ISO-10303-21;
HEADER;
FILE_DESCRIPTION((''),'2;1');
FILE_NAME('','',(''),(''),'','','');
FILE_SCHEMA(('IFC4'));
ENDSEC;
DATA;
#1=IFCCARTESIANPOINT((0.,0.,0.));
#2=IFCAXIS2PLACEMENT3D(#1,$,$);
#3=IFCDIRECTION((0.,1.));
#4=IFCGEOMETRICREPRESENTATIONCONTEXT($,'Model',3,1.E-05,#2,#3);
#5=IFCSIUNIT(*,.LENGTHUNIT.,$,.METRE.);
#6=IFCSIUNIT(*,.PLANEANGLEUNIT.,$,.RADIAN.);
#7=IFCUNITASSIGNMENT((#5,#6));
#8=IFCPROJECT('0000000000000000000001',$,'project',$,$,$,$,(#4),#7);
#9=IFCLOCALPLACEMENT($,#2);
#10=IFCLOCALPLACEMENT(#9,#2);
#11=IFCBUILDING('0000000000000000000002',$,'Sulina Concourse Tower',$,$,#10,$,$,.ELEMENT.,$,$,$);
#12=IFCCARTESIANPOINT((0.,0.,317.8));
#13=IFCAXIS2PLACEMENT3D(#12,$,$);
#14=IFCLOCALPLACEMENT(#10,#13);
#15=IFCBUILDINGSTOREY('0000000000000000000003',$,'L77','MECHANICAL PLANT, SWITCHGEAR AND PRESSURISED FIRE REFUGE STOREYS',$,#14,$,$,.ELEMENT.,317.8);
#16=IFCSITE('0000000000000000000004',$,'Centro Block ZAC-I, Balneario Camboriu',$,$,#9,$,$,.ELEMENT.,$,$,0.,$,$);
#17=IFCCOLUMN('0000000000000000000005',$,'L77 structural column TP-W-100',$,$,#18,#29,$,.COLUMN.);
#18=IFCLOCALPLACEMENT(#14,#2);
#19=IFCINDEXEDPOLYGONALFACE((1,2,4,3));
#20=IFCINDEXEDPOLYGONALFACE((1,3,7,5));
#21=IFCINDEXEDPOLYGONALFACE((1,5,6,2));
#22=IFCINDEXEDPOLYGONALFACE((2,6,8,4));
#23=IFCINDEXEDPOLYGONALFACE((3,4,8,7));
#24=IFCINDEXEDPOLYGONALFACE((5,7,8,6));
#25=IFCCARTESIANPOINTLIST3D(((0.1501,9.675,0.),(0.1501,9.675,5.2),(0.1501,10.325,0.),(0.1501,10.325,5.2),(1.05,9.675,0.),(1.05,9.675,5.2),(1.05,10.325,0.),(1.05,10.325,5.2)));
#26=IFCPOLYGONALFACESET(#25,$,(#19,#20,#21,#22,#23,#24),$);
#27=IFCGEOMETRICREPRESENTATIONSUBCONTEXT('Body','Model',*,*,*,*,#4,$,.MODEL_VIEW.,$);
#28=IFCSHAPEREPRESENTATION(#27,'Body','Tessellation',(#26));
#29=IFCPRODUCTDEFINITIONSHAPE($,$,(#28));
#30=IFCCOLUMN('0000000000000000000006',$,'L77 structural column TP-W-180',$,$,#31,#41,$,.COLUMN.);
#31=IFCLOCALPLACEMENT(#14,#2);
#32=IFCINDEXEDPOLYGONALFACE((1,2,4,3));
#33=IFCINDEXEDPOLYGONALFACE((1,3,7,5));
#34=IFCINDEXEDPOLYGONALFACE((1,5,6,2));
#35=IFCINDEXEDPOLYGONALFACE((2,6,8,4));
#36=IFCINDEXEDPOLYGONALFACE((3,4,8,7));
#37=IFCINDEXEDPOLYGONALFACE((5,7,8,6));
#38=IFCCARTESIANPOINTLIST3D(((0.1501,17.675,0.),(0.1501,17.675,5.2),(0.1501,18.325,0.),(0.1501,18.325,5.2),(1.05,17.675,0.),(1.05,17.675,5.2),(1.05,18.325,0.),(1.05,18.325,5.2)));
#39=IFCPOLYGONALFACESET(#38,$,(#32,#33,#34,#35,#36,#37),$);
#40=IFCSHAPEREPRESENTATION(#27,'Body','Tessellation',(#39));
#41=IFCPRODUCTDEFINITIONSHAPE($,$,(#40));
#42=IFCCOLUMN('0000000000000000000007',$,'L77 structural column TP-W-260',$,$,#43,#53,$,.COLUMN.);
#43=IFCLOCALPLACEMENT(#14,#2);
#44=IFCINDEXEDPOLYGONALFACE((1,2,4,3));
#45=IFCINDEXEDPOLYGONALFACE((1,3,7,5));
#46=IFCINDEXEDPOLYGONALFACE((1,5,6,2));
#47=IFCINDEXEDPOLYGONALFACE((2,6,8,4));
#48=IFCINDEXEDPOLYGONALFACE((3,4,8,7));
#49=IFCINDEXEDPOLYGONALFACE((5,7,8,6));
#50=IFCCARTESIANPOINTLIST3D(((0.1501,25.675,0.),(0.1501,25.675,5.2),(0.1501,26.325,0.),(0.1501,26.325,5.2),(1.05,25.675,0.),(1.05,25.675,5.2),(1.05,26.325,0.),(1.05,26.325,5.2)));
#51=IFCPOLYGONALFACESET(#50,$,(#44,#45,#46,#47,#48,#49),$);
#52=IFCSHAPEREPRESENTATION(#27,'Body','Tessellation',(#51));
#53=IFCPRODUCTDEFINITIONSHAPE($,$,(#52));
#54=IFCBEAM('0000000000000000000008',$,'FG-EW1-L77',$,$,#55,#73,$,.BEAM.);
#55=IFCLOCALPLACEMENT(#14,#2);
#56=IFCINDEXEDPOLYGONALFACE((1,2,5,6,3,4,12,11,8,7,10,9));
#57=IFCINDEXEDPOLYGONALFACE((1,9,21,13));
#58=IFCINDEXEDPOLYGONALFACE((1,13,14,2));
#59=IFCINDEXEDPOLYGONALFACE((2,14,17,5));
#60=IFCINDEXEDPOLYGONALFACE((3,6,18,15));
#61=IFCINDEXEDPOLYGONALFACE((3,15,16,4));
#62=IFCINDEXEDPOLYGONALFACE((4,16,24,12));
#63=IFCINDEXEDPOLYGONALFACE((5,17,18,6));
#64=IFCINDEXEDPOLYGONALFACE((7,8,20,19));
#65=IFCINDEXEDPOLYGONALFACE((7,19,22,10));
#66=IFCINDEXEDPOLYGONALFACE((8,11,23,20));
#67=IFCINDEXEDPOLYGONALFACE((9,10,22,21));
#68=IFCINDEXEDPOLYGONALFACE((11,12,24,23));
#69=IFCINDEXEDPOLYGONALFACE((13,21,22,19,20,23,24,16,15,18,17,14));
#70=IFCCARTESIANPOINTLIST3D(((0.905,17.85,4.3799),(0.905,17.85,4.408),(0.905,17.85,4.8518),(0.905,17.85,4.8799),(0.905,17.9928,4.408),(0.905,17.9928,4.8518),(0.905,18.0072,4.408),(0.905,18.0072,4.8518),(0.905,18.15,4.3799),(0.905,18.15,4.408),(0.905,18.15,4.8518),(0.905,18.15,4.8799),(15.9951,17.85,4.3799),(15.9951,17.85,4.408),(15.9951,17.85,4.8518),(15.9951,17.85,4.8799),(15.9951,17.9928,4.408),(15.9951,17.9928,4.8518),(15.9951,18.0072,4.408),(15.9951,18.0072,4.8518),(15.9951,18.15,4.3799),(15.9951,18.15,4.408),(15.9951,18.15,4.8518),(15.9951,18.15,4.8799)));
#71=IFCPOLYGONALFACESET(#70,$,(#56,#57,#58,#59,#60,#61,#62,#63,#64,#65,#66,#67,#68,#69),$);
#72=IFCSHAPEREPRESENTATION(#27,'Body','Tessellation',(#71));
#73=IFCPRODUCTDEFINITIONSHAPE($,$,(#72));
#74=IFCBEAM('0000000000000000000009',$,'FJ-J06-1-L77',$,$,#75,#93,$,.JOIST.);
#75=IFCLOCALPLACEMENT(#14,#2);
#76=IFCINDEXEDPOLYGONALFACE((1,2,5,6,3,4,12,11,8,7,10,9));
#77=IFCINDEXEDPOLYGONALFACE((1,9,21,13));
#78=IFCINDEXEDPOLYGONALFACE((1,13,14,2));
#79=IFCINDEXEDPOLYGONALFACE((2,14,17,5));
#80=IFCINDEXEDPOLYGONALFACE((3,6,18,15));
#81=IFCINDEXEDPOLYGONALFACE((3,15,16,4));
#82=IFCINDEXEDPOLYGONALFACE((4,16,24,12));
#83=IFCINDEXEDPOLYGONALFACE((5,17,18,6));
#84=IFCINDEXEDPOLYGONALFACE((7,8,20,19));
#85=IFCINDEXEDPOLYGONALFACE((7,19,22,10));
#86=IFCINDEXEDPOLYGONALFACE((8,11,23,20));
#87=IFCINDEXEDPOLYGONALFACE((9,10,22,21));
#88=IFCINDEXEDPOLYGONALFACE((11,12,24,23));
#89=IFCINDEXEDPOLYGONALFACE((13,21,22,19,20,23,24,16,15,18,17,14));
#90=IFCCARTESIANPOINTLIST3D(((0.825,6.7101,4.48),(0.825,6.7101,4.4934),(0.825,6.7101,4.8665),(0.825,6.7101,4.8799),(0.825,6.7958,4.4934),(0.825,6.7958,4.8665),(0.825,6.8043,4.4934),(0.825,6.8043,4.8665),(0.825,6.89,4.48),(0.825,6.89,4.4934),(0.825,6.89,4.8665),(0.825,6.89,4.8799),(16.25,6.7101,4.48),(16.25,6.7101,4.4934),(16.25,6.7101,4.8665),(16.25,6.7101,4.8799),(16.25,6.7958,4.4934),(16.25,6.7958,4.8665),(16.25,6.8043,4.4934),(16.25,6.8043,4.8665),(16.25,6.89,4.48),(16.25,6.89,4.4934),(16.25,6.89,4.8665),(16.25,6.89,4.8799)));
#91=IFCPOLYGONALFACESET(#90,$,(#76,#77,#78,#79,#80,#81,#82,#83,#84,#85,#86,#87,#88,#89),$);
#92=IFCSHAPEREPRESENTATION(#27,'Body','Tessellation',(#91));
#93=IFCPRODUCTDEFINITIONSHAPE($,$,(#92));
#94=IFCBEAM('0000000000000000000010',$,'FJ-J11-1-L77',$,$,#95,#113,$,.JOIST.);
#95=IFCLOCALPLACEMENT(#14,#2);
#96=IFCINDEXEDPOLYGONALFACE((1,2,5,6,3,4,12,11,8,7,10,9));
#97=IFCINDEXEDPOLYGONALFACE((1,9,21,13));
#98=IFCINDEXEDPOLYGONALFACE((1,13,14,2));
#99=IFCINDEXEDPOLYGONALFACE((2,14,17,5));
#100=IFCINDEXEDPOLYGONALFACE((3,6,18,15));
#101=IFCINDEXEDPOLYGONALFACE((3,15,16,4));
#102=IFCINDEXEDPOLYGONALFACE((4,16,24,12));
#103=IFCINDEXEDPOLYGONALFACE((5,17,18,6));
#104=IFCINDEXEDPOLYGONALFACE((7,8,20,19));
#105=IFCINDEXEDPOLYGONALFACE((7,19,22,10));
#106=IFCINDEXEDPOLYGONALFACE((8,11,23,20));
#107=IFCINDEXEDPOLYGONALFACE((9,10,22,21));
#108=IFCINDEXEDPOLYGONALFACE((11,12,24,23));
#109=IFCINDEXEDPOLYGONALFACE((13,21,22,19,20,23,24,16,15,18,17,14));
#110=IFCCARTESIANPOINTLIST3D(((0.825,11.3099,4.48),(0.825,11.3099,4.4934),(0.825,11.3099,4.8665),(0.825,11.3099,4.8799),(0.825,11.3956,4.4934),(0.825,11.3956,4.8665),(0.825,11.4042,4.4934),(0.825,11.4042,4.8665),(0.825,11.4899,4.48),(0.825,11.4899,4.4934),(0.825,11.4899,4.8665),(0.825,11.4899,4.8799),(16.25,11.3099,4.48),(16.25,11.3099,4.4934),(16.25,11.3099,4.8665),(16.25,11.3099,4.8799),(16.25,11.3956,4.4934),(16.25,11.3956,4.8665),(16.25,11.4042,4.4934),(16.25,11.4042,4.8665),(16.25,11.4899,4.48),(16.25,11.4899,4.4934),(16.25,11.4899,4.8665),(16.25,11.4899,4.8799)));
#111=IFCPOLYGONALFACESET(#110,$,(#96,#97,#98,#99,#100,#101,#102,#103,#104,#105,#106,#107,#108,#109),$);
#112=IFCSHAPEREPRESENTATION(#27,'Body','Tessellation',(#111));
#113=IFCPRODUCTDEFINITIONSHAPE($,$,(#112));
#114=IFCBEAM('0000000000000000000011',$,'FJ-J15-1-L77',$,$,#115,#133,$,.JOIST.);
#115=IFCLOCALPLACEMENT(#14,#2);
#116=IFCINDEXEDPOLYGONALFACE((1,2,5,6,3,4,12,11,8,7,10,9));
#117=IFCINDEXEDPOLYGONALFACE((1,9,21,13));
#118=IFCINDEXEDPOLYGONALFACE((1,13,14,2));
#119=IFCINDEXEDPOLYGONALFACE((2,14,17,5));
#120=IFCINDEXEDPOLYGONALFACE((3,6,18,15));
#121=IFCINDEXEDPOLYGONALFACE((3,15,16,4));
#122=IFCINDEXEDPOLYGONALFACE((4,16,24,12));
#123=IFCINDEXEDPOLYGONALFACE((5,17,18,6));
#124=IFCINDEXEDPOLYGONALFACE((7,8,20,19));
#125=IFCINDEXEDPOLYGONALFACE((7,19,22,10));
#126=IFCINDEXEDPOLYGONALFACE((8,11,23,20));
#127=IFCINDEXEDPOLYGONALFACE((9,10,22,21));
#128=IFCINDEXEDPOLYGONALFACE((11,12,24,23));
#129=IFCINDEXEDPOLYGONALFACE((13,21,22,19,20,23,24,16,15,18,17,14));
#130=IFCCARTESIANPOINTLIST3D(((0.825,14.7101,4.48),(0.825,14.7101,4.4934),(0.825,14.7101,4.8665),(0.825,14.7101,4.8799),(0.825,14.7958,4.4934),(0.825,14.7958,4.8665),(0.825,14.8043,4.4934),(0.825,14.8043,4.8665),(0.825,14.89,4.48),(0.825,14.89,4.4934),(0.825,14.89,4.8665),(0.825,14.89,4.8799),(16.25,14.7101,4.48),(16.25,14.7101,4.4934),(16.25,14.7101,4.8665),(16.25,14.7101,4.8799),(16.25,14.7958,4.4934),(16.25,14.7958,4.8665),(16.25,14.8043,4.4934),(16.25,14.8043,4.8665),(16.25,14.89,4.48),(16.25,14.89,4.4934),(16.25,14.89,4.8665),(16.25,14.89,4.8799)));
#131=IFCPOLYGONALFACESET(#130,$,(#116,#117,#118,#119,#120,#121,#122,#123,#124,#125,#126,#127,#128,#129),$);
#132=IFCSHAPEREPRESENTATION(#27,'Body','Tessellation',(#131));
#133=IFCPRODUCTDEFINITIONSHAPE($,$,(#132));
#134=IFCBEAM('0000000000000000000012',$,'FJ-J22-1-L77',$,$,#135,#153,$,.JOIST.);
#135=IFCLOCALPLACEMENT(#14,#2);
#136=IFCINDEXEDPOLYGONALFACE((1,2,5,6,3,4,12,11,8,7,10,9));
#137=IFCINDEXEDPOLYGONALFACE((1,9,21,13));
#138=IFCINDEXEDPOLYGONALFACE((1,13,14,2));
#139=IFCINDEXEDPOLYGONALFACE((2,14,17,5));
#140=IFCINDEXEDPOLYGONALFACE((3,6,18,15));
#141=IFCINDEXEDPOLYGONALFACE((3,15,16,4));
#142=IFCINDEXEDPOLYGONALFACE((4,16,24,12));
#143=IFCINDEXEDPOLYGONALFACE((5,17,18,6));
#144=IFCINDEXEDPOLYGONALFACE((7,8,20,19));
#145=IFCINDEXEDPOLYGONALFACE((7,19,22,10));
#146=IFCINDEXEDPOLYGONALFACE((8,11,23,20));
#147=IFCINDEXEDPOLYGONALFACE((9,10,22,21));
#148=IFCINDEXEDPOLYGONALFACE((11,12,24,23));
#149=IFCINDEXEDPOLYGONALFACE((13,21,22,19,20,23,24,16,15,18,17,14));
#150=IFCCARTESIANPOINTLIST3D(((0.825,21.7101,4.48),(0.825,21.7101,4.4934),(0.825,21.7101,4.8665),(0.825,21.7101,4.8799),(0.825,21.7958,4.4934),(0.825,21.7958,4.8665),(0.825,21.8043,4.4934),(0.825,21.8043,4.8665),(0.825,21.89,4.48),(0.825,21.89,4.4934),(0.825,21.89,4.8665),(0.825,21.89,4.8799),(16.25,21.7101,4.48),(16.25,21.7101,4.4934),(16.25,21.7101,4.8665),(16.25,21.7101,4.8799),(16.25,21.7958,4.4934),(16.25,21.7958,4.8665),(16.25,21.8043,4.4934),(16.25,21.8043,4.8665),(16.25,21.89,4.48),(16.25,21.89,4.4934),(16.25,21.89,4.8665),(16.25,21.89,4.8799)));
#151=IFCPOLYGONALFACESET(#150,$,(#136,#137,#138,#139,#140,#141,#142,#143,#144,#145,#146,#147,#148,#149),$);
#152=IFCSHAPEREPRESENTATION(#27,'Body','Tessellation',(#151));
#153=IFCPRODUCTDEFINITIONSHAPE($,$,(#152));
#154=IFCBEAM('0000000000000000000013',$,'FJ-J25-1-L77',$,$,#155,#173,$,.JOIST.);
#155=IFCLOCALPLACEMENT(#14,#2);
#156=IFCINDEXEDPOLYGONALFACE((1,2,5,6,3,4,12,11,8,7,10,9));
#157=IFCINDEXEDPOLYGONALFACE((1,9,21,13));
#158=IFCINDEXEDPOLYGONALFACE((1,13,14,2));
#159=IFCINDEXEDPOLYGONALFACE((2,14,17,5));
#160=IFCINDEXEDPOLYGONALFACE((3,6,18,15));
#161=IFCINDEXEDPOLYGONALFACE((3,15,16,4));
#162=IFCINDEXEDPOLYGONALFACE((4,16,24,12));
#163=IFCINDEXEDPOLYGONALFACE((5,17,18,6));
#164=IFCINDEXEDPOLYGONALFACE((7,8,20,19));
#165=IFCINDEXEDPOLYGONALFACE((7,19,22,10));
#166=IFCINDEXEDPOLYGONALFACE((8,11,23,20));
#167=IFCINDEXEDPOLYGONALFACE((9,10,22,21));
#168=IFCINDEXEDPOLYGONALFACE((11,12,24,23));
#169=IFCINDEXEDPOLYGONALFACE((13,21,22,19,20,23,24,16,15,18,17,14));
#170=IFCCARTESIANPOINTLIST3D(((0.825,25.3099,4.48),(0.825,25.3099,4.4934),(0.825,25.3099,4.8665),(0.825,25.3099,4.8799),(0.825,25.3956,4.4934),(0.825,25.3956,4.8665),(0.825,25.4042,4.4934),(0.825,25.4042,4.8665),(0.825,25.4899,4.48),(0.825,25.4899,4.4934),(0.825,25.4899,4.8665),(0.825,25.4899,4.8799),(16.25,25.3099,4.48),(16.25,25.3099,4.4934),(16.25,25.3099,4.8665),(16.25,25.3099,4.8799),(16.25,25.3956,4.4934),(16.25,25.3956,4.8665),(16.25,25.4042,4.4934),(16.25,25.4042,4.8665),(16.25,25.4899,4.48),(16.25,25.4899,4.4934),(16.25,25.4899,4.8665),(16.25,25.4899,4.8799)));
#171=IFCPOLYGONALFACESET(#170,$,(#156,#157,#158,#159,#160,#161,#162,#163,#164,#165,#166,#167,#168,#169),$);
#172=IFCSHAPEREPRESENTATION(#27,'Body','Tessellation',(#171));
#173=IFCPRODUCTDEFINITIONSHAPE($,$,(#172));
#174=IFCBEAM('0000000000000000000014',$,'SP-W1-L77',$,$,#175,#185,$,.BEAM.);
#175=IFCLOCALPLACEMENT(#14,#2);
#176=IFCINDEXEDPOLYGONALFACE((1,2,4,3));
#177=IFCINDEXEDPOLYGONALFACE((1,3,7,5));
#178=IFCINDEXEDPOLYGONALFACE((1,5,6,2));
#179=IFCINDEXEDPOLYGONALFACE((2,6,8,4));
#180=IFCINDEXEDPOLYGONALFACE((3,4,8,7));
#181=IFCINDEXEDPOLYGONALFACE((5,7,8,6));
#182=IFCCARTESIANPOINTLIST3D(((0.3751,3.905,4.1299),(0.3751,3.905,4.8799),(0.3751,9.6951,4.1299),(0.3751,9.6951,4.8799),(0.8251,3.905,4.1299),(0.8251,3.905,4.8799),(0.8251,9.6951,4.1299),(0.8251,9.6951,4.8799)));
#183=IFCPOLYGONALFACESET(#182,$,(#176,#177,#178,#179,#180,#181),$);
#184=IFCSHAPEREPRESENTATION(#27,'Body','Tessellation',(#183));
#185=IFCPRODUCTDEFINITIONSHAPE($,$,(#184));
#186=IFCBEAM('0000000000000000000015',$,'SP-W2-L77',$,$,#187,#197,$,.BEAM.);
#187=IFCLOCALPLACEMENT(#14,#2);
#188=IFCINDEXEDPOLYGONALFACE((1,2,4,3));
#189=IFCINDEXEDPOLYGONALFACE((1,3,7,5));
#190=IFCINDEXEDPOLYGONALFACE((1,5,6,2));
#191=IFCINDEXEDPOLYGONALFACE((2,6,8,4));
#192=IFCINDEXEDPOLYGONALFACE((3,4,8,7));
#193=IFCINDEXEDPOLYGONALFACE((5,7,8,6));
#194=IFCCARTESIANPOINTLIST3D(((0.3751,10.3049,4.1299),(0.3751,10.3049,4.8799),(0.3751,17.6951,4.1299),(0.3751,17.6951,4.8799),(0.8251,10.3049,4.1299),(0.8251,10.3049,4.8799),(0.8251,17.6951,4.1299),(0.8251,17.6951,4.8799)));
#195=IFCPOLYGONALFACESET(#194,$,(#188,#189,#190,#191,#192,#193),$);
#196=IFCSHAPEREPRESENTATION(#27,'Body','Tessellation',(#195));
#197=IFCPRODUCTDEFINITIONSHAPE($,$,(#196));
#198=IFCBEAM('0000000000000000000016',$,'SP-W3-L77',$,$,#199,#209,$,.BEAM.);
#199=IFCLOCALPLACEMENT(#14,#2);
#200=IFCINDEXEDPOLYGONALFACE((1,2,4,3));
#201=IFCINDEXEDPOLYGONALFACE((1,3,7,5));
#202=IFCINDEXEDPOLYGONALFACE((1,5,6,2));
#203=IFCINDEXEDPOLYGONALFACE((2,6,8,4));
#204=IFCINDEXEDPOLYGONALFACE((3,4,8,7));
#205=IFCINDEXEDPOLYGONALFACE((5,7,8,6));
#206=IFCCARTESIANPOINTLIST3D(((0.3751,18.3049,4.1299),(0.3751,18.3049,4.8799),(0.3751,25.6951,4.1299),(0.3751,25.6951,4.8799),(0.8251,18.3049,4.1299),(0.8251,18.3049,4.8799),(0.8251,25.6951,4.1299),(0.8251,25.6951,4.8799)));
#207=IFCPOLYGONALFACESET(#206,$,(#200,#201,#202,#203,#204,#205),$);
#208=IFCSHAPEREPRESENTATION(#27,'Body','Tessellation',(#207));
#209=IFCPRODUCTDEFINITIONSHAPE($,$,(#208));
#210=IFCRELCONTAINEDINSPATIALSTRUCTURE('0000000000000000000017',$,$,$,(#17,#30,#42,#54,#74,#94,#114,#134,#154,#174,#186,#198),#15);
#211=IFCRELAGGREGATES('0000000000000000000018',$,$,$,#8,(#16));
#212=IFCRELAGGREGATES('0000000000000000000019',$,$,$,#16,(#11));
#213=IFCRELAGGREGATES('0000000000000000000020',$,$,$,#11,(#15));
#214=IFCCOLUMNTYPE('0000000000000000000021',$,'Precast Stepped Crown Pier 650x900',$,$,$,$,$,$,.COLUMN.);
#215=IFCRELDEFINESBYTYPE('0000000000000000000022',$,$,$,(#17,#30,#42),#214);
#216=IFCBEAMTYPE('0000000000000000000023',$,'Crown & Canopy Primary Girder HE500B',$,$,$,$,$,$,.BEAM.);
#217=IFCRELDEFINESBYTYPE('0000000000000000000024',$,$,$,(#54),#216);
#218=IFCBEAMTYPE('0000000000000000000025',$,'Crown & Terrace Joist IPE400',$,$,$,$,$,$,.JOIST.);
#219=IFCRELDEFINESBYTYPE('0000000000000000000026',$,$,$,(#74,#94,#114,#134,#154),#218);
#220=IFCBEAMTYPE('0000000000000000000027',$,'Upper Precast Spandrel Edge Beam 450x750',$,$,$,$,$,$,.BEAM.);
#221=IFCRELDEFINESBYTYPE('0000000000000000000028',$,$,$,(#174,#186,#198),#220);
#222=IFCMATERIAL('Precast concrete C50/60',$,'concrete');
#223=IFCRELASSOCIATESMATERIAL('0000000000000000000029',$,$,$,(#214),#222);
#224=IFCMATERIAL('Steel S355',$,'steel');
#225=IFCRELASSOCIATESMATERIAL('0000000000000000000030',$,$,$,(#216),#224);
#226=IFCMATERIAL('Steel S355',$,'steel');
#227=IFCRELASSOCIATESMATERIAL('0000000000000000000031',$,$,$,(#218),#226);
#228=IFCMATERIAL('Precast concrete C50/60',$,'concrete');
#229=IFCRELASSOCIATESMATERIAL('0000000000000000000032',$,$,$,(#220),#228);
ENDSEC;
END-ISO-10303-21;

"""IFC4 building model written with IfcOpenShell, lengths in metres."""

from ifc_helpers import new_model, si_unit, direction, frame, origin, origin_2d, place, context, subcontext, project, spatial, rectangle, i_section, extrude, material, material_profile, profile_set, type_object, element, save


model = new_model("IFC4")

# Units and contexts
model_context = context("Model", 3, precision=1e-05, world=origin(), true_north=direction((0.0, 1.0)))
body_context = subcontext(model_context, "Body", "Model", "MODEL_VIEW")
ifc_project = project(units=[si_unit("LENGTHUNIT", "METRE"), si_unit("PLANEANGLEUNIT", "RADIAN")], contexts=[model_context])

# Site, building, storey
site_placement = place(None, origin())
site = spatial("IfcSite", under=ifc_project, at=site_placement, Name="Centro Block ZAC-I, Balneario Camboriu", CompositionType="ELEMENT", RefElevation=0.0)
building_placement = place(site_placement, origin())
building = spatial("IfcBuilding", under=site, at=building_placement, Name="Sulina Concourse Tower", CompositionType="ELEMENT")
storey_placement = place(building_placement, frame((0.0, 0.0, 317.8)))
storey = spatial("IfcBuildingStorey", under=building, at=storey_placement, Name="L77", Description="MECHANICAL PLANT, SWITCHGEAR AND PRESSURISED FIRE REFUGE STOREYS", CompositionType="ELEMENT", Elevation=317.8)

# Columns
ifc_material_1 = material(Name="Precast concrete C50/60", Category="concrete")
ifc_material_profile_1 = material_profile(ifc_material_1, rectangle(XDim=0.6499, YDim=0.8999, at=origin_2d()), Name="PC 650x900")
ifc_profile_set_1 = profile_set([ifc_material_profile_1], Name="Precast concrete C50/60")
column_type = type_object("IfcColumnType", Name="Precast Stepped Crown Pier 650x900", PredefinedType="COLUMN", material=ifc_profile_set_1)
for number, where, z_axis, x_axis, name in (
    (1, (0.6001, 10.0, 0.0), (0.0, 0.0, 1.0), (0.0, 1.0, 0.0), "L77 structural column TP-W-100"),
    (2, (0.6001, 18.0, 0.0), (0.0, 0.0, 1.0), (0.0, 1.0, 0.0), "L77 structural column TP-W-180"),
    (3, (0.6001, 26.0, 0.0), (0.0, 0.0, 1.0), (0.0, 1.0, 0.0), "L77 structural column TP-W-260"),
):
    element("IfcColumn", number, at=place(storey_placement, frame(where, z_axis=z_axis, x_axis=x_axis)), inside=storey, type_object=column_type, Name=name, PredefinedType="COLUMN", context=body_context, shape_type="SweptSolid", body=[
        extrude(rectangle(XDim=0.6499, YDim=0.8999, at=origin_2d()), origin(), (0.0, 0.0, 1.0), 5.2),
    ])

# Beams
ifc_material_2 = material(Name="Steel S355", Category="steel")
ifc_material_profile_2 = material_profile(ifc_material_2, i_section(OverallWidth=0.3, OverallDepth=0.5, WebThickness=0.0144, FlangeThickness=0.0281, at=origin_2d()), Name="HE 500 B")
ifc_profile_set_2 = profile_set([ifc_material_profile_2], Name="Steel S355")
beam_type_1 = type_object("IfcBeamType", Name="Crown & Canopy Primary Girder HE500B", PredefinedType="BEAM", material=ifc_profile_set_2)
beam_1_placement = place(storey_placement, frame((0.905, 18.0, 4.6299), z_axis=(1.0, 0.0, 0.0), x_axis=(0.0, 1.0, 0.0)))
element("IfcBeam", 4, at=beam_1_placement, inside=storey, type_object=beam_type_1, Name="FG-EW1-L77", PredefinedType="BEAM", context=body_context, shape_type="SweptSolid", body=[
    extrude(i_section(OverallWidth=0.3, OverallDepth=0.5, WebThickness=0.0144, FlangeThickness=0.0281, at=origin_2d()), origin(), (0.0, 0.0, 1.0), 15.0901),
])
ifc_material_3 = material(Name="Steel S355", Category="steel")
ifc_material_profile_3 = material_profile(ifc_material_3, i_section(OverallWidth=0.1799, OverallDepth=0.3999, WebThickness=0.0085, FlangeThickness=0.0134, at=origin_2d()), Name="IPE 400")
ifc_profile_set_3 = profile_set([ifc_material_profile_3], Name="Steel S355")
beam_type_2 = type_object("IfcBeamType", Name="Crown & Terrace Joist IPE400", PredefinedType="JOIST", material=ifc_profile_set_3)
for number, where, z_axis, x_axis, name in (
    (5, (0.825, 6.8, 4.6799), (1.0, 0.0, 0.0), (0.0, 1.0, 0.0), "FJ-J06-1-L77"),
    (6, (0.825, 11.3999, 4.6799), (1.0, 0.0, 0.0), (0.0, 1.0, 0.0), "FJ-J11-1-L77"),
    (7, (0.825, 14.8, 4.6799), (1.0, 0.0, 0.0), (0.0, 1.0, 0.0), "FJ-J15-1-L77"),
    (8, (0.825, 21.8, 4.6799), (1.0, 0.0, 0.0), (0.0, 1.0, 0.0), "FJ-J22-1-L77"),
    (9, (0.825, 25.3999, 4.6799), (1.0, 0.0, 0.0), (0.0, 1.0, 0.0), "FJ-J25-1-L77"),
):
    element("IfcBeam", number, at=place(storey_placement, frame(where, z_axis=z_axis, x_axis=x_axis)), inside=storey, type_object=beam_type_2, Name=name, PredefinedType="JOIST", context=body_context, shape_type="SweptSolid", body=[
        extrude(i_section(OverallWidth=0.1799, OverallDepth=0.3999, WebThickness=0.0085, FlangeThickness=0.0134, at=origin_2d()), origin(), (0.0, 0.0, 1.0), 15.425),
    ])
ifc_material_4 = material(Name="Precast concrete C50/60", Category="concrete")
ifc_material_profile_4 = material_profile(ifc_material_4, rectangle(XDim=0.45, YDim=0.75, at=origin_2d()), Name="RC 450x750")
ifc_profile_set_4 = profile_set([ifc_material_profile_4], Name="Precast concrete C50/60")
beam_type_3 = type_object("IfcBeamType", Name="Upper Precast Spandrel Edge Beam 450x750", PredefinedType="BEAM", material=ifc_profile_set_4)
beam_2_placement = place(storey_placement, frame((0.6001, 3.905, 4.5049), z_axis=(0.0, 1.0, 0.0), x_axis=(-1.0, 0.0, 0.0)))
element("IfcBeam", 10, at=beam_2_placement, inside=storey, type_object=beam_type_3, Name="SP-W1-L77", PredefinedType="BEAM", context=body_context, shape_type="SweptSolid", body=[
    extrude(rectangle(XDim=0.45, YDim=0.75, at=origin_2d()), origin(), (0.0, 0.0, 1.0), 5.79),
])
for number, where, z_axis, x_axis, name in (
    (11, (0.6001, 10.3049, 4.5049), (0.0, 1.0, 0.0), (-1.0, 0.0, 0.0), "SP-W2-L77"),
    (12, (0.6001, 18.3049, 4.5049), (0.0, 1.0, 0.0), (-1.0, 0.0, 0.0), "SP-W3-L77"),
):
    element("IfcBeam", number, at=place(storey_placement, frame(where, z_axis=z_axis, x_axis=x_axis)), inside=storey, type_object=beam_type_3, Name=name, PredefinedType="BEAM", context=body_context, shape_type="SweptSolid", body=[
        extrude(rectangle(XDim=0.45, YDim=0.75, at=origin_2d()), origin(), (0.0, 0.0, 1.0), 7.3901),
    ])

save(model, "model.ifc")
